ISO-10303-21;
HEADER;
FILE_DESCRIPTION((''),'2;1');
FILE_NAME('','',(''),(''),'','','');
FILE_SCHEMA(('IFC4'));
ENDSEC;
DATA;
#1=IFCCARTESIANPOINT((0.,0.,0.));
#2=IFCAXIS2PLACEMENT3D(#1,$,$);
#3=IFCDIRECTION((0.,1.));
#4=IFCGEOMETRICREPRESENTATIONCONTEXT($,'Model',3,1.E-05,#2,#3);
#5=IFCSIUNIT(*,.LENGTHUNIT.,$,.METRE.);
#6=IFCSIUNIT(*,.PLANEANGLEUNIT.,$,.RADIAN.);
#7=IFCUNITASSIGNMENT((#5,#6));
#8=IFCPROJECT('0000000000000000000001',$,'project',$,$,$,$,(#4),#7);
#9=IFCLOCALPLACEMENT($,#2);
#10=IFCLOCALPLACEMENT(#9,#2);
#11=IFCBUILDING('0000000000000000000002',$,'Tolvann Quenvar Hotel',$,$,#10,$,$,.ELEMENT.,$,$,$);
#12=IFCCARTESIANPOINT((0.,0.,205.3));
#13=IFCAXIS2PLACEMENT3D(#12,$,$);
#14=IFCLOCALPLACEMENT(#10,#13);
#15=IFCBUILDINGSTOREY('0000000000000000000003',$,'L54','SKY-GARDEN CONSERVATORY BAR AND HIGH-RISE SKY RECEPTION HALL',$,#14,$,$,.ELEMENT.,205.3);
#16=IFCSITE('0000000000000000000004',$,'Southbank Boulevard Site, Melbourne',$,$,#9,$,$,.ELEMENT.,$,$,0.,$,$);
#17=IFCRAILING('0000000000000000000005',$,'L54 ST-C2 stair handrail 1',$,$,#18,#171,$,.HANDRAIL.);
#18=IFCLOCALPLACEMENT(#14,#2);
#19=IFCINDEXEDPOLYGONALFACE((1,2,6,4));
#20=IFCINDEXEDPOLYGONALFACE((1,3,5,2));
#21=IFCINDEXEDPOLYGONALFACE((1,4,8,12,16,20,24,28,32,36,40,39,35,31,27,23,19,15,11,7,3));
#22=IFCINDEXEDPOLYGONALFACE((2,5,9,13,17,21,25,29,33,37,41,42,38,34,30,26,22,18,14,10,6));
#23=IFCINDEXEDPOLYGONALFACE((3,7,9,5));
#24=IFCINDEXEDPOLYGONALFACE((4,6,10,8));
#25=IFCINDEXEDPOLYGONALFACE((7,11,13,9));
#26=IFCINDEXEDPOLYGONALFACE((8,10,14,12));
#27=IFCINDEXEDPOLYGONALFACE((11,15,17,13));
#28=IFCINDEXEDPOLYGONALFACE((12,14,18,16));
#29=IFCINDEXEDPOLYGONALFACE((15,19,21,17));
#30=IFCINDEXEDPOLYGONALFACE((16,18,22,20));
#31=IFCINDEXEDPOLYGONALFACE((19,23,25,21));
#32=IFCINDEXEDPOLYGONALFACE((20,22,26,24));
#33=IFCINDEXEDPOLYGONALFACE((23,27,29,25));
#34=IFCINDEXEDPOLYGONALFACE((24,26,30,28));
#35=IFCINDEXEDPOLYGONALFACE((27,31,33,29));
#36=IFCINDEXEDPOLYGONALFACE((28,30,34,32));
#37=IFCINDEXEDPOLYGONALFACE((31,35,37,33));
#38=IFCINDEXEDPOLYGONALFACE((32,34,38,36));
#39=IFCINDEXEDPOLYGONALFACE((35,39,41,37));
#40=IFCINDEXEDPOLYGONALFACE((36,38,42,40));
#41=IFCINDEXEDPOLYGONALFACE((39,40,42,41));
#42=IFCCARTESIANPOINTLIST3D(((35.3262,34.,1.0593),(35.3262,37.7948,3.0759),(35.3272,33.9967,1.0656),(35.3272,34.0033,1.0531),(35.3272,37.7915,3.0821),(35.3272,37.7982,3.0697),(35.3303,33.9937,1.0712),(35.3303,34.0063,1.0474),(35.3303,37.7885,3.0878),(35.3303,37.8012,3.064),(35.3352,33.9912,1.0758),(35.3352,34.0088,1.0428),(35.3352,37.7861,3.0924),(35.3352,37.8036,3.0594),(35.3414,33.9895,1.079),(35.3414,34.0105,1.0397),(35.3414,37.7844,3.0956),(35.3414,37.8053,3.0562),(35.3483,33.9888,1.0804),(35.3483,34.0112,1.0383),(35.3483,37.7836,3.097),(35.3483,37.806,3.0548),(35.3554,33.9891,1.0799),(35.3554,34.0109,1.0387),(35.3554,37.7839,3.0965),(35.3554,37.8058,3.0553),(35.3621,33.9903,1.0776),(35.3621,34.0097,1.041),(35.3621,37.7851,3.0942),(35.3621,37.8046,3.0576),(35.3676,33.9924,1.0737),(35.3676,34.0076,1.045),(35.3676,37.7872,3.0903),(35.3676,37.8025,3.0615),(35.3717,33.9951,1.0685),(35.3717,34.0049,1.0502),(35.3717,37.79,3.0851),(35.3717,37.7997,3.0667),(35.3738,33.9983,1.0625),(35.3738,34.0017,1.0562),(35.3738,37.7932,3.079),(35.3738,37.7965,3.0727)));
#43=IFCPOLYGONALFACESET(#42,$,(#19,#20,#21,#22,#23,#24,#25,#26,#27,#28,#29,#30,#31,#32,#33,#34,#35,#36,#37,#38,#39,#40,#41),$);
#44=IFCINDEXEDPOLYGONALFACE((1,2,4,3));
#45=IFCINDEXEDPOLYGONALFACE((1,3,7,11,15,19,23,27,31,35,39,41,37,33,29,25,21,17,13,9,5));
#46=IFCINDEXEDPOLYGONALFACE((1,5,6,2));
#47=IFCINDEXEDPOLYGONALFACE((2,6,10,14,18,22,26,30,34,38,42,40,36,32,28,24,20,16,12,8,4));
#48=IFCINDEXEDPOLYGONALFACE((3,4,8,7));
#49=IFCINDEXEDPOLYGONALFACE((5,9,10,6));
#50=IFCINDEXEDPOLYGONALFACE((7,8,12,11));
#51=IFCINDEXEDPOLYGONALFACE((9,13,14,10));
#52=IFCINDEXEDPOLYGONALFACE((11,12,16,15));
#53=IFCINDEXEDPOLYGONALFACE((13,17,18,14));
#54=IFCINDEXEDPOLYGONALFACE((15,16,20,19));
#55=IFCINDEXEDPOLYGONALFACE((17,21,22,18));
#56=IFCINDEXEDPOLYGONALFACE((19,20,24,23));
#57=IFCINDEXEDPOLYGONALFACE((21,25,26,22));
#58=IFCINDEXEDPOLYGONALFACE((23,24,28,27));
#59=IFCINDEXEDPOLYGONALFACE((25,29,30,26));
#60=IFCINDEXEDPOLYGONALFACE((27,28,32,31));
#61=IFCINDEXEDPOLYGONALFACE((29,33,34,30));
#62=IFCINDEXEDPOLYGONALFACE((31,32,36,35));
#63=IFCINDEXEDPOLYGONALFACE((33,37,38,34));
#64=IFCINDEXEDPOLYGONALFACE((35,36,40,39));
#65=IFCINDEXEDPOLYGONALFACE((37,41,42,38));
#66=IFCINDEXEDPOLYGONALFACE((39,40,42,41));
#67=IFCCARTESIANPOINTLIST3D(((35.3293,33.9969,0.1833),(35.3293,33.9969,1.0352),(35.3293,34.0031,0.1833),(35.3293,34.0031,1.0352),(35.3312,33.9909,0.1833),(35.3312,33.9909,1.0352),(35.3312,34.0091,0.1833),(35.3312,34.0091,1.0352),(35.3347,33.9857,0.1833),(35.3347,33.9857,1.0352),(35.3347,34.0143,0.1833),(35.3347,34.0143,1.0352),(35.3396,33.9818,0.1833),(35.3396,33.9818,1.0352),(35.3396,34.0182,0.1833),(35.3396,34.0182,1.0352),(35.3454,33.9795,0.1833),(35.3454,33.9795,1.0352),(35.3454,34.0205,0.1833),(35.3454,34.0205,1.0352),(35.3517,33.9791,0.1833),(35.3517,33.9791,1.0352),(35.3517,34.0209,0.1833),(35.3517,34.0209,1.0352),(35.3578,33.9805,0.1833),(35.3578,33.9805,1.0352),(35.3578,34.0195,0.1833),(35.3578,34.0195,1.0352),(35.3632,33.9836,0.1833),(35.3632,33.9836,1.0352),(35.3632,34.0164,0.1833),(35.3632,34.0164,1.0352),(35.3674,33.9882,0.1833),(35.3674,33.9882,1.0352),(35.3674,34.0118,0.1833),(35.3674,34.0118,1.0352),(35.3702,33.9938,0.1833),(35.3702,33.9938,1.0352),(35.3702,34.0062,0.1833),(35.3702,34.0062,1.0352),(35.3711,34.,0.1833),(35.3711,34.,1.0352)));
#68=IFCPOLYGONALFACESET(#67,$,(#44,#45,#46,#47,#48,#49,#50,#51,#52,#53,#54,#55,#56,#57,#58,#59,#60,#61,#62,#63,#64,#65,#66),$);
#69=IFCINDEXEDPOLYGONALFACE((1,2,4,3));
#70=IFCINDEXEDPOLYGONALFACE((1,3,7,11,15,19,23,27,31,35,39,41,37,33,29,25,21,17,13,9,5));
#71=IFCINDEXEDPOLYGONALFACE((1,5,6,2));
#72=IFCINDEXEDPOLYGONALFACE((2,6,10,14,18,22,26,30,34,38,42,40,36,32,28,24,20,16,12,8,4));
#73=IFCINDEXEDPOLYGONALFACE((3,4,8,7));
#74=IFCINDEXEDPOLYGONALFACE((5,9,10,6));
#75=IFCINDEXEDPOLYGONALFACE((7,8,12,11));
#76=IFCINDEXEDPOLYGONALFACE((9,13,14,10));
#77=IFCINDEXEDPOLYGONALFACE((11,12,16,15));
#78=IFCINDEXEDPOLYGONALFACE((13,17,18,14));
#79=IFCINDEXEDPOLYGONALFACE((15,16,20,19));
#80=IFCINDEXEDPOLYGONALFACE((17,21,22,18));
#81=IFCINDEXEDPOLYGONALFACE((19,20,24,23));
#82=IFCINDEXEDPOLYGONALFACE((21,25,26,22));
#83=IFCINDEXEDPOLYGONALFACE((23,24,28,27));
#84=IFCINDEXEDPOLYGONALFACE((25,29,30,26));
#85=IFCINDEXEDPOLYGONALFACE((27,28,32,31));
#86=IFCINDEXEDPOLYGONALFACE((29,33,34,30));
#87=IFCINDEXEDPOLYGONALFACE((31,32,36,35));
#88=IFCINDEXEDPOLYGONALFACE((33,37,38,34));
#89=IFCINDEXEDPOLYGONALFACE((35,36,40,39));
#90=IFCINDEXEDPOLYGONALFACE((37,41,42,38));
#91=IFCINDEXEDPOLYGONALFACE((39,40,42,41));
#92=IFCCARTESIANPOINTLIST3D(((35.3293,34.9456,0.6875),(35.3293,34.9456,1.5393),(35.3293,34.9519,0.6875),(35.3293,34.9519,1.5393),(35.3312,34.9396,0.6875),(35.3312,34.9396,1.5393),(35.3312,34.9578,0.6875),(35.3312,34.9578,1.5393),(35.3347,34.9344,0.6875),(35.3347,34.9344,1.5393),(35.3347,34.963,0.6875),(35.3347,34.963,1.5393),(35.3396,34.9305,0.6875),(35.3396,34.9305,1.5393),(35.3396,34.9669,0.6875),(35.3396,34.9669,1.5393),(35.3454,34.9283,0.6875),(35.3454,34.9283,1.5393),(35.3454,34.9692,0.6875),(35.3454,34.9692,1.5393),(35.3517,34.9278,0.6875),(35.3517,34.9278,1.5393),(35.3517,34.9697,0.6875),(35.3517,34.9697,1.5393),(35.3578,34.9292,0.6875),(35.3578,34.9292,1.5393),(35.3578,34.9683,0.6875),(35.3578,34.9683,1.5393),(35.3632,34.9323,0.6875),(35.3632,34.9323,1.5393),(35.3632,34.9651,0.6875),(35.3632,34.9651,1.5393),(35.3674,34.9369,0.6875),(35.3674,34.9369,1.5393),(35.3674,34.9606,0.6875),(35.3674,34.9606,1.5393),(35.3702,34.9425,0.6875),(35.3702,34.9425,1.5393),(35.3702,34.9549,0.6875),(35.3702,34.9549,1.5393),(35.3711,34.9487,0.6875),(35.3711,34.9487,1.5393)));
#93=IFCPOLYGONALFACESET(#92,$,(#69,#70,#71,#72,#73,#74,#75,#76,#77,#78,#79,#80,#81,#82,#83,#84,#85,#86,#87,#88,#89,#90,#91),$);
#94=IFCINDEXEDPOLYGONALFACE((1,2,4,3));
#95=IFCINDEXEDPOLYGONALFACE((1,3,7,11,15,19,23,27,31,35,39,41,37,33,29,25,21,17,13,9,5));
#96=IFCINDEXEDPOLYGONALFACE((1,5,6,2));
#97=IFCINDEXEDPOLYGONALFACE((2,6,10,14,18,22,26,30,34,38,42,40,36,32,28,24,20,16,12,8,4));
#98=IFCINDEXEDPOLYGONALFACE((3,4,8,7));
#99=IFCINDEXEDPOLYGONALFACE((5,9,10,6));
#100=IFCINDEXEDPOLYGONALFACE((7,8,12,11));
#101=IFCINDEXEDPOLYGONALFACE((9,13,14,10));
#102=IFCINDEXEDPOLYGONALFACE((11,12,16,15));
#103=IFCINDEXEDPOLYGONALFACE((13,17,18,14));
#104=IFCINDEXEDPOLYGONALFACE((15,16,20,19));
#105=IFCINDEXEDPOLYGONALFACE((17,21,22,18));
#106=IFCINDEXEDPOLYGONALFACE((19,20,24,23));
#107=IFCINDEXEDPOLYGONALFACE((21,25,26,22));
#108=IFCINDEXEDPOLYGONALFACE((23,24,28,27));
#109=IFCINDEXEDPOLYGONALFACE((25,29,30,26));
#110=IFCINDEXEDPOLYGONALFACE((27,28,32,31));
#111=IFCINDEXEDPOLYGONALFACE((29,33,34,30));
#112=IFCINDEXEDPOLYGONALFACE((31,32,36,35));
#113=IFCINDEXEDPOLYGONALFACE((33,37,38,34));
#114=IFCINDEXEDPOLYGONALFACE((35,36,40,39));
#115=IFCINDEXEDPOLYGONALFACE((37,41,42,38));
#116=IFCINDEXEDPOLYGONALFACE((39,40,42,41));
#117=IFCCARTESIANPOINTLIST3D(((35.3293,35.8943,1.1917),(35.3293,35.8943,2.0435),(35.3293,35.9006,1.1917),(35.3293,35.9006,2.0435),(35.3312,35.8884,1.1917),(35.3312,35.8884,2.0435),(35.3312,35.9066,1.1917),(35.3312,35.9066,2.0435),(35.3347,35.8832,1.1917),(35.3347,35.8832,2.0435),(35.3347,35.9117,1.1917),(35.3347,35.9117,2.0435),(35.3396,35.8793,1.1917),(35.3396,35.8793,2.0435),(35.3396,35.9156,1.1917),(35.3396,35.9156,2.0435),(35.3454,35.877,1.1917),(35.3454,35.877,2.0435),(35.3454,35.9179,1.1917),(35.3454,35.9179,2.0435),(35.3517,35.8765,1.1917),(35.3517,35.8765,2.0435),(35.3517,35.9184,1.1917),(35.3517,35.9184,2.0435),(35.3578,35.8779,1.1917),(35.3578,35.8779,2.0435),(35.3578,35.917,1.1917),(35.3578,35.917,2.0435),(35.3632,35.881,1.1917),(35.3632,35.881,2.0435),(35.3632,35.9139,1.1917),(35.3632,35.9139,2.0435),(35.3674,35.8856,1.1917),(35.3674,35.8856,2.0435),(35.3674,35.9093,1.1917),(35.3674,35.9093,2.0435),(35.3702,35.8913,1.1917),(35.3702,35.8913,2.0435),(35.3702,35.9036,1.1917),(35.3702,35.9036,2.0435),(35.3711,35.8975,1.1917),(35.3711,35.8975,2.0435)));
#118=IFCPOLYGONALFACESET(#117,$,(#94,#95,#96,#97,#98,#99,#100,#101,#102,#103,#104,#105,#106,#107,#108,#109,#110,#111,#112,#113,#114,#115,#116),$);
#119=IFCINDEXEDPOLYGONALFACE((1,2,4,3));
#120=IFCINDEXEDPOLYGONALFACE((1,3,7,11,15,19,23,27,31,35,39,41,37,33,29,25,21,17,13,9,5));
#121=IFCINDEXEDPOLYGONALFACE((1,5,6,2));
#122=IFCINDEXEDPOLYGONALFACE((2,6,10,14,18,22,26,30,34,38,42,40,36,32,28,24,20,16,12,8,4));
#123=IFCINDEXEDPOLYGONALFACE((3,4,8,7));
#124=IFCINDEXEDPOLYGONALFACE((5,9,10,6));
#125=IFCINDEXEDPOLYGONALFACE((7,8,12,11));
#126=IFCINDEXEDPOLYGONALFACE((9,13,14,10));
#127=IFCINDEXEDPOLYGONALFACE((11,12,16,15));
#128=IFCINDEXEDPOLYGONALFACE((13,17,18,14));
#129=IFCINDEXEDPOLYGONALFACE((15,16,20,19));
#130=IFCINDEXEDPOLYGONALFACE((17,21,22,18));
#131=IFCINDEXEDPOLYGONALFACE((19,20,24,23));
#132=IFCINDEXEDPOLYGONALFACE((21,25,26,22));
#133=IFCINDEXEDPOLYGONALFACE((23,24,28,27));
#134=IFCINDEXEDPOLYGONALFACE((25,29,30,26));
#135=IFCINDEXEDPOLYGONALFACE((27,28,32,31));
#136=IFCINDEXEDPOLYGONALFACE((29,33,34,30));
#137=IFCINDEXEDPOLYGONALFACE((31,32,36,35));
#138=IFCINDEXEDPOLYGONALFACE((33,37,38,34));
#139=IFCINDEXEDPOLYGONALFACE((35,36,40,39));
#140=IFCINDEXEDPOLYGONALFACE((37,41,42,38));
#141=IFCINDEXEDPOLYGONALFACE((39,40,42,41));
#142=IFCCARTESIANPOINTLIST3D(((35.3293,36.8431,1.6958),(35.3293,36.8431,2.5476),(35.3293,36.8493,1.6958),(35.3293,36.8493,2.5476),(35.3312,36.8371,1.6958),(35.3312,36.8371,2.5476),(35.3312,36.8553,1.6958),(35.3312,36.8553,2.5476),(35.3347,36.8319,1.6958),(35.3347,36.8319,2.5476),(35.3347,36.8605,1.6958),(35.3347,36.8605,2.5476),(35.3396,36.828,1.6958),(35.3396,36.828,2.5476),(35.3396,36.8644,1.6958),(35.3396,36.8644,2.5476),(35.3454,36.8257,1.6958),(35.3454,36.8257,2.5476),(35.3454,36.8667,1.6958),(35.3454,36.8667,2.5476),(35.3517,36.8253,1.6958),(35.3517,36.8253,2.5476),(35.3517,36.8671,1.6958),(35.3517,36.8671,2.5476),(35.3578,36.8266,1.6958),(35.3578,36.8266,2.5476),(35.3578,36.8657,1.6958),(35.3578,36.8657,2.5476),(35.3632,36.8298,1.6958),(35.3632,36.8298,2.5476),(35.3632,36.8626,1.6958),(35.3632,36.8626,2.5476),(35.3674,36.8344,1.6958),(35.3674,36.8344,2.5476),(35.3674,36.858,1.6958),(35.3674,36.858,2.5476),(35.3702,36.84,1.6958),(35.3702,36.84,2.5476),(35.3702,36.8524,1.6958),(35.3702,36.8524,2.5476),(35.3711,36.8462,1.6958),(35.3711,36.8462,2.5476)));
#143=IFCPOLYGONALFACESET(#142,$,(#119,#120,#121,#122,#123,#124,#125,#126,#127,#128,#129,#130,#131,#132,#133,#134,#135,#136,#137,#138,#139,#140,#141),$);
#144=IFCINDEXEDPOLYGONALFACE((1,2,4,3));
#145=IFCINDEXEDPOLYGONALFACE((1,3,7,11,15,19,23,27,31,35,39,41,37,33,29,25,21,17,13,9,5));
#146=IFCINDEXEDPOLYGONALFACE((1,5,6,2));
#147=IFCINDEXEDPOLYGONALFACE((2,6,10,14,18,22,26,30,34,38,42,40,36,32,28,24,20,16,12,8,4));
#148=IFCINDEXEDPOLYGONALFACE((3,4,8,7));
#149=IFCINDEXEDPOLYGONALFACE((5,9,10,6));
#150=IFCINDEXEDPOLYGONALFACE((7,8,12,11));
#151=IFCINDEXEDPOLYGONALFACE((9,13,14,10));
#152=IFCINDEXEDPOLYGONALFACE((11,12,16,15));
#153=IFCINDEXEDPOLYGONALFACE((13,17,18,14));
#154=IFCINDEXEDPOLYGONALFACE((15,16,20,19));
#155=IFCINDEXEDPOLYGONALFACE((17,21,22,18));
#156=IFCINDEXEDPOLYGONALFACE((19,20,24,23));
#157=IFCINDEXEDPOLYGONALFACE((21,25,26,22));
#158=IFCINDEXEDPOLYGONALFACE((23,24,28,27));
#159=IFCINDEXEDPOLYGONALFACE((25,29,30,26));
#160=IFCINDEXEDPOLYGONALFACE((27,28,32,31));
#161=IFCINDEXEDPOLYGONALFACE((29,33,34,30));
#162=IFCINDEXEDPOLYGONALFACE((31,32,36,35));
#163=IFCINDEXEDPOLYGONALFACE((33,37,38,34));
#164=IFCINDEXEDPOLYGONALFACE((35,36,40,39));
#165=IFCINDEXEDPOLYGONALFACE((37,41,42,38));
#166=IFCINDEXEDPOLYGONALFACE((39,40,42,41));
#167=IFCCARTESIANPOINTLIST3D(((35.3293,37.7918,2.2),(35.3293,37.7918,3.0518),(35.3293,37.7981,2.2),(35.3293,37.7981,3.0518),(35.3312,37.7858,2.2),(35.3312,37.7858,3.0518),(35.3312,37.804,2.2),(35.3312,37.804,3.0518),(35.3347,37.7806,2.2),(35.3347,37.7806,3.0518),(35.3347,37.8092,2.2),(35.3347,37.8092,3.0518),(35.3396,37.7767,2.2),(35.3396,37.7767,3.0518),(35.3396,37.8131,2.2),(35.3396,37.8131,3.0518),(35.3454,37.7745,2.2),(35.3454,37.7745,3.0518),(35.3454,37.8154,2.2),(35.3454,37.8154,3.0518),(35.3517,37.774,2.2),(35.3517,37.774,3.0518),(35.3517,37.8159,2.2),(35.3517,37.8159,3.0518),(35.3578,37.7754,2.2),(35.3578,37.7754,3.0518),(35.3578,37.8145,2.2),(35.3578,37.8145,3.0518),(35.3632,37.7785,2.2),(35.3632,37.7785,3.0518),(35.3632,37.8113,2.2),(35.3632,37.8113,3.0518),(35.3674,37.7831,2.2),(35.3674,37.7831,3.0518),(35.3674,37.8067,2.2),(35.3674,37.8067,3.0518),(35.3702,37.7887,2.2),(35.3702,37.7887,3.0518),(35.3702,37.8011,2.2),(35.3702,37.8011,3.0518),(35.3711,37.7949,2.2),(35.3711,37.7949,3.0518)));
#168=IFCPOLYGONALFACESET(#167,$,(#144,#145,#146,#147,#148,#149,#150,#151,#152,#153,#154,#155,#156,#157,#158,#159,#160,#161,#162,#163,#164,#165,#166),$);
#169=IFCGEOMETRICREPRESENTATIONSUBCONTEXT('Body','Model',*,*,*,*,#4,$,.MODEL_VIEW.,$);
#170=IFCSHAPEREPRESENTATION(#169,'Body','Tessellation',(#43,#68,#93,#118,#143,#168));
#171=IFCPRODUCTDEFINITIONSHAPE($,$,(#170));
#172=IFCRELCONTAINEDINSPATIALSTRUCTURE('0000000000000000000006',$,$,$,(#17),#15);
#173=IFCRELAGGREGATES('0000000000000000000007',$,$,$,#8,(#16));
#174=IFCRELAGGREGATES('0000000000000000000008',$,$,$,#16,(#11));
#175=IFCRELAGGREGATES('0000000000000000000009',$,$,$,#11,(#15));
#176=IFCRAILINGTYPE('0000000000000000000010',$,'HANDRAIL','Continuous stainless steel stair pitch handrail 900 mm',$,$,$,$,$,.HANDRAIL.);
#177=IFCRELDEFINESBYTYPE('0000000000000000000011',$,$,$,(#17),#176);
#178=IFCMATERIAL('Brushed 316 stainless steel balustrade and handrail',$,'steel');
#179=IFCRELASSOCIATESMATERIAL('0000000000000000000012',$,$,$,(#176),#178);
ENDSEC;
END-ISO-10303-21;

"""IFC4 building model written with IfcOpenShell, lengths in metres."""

from ifc_helpers import new_model, si_unit, direction, frame, origin, origin_2d, place, context, subcontext, project, spatial, circle, extrude, material, type_object, element, save


model = new_model("IFC4")

# Units and contexts
model_context = context("Model", 3, precision=1e-05, world=origin(), true_north=direction((0.0, 1.0)))
body_context = subcontext(model_context, "Body", "Model", "MODEL_VIEW")
ifc_project = project(units=[si_unit("LENGTHUNIT", "METRE"), si_unit("PLANEANGLEUNIT", "RADIAN")], contexts=[model_context])

# Site, building, storey
site_placement = place(None, origin())
site = spatial("IfcSite", under=ifc_project, at=site_placement, Name="Southbank Boulevard Site, Melbourne", CompositionType="ELEMENT", RefElevation=0.0)
building_placement = place(site_placement, origin())
building = spatial("IfcBuilding", under=site, at=building_placement, Name="Tolvann Quenvar Hotel", CompositionType="ELEMENT")
storey_placement = place(building_placement, frame((0.0, 0.0, 205.3)))
storey = spatial("IfcBuildingStorey", under=building, at=storey_placement, Name="L54", Description="SKY-GARDEN CONSERVATORY BAR AND HIGH-RISE SKY RECEPTION HALL", CompositionType="ELEMENT", Elevation=205.3)

# Railing
ifc_material_1 = material(Name="Brushed 316 stainless steel balustrade and handrail", Category="steel")
railing_type_1 = type_object("IfcRailingType", Name="HANDRAIL", Description="Continuous stainless steel stair pitch handrail 900 mm", PredefinedType="HANDRAIL", material=ifc_material_1)
railing_1_placement = place(storey_placement, frame((35.3501, 34.0, 0.1833)))
element("IfcRailing", 1, at=railing_1_placement, inside=storey, type_object=railing_type_1, Name="L54 ST-C2 stair handrail 1", PredefinedType="HANDRAIL", context=body_context, shape_type="SweptSolid", body=[
    extrude(circle(Radius=0.0239, at=origin_2d()), frame((0.0, 0.0, 0.876), z_axis=(0.0, 0.883063, 0.469255), x_axis=(-1.0, 0.0, 0.0)), (0.0, 0.0, 1.0), 4.2974),
    extrude(circle(Radius=0.021, at=origin_2d()), origin(), (0.0, 0.0, 1.0), 0.8518),
    extrude(circle(Radius=0.021, at=origin_2d()), frame((0.0, 0.9487, 0.5042)), (0.0, 0.0, 1.0), 0.8518),
    extrude(circle(Radius=0.021, at=origin_2d()), frame((0.0, 1.8975, 1.0083)), (0.0, 0.0, 1.0), 0.8518),
    extrude(circle(Radius=0.021, at=origin_2d()), frame((0.0, 2.8462, 1.5125)), (0.0, 0.0, 1.0), 0.8518),
    extrude(circle(Radius=0.021, at=origin_2d()), frame((0.0, 3.7949, 2.0166)), (0.0, 0.0, 1.0), 0.8518),
])

save(model, "model.ifc")
